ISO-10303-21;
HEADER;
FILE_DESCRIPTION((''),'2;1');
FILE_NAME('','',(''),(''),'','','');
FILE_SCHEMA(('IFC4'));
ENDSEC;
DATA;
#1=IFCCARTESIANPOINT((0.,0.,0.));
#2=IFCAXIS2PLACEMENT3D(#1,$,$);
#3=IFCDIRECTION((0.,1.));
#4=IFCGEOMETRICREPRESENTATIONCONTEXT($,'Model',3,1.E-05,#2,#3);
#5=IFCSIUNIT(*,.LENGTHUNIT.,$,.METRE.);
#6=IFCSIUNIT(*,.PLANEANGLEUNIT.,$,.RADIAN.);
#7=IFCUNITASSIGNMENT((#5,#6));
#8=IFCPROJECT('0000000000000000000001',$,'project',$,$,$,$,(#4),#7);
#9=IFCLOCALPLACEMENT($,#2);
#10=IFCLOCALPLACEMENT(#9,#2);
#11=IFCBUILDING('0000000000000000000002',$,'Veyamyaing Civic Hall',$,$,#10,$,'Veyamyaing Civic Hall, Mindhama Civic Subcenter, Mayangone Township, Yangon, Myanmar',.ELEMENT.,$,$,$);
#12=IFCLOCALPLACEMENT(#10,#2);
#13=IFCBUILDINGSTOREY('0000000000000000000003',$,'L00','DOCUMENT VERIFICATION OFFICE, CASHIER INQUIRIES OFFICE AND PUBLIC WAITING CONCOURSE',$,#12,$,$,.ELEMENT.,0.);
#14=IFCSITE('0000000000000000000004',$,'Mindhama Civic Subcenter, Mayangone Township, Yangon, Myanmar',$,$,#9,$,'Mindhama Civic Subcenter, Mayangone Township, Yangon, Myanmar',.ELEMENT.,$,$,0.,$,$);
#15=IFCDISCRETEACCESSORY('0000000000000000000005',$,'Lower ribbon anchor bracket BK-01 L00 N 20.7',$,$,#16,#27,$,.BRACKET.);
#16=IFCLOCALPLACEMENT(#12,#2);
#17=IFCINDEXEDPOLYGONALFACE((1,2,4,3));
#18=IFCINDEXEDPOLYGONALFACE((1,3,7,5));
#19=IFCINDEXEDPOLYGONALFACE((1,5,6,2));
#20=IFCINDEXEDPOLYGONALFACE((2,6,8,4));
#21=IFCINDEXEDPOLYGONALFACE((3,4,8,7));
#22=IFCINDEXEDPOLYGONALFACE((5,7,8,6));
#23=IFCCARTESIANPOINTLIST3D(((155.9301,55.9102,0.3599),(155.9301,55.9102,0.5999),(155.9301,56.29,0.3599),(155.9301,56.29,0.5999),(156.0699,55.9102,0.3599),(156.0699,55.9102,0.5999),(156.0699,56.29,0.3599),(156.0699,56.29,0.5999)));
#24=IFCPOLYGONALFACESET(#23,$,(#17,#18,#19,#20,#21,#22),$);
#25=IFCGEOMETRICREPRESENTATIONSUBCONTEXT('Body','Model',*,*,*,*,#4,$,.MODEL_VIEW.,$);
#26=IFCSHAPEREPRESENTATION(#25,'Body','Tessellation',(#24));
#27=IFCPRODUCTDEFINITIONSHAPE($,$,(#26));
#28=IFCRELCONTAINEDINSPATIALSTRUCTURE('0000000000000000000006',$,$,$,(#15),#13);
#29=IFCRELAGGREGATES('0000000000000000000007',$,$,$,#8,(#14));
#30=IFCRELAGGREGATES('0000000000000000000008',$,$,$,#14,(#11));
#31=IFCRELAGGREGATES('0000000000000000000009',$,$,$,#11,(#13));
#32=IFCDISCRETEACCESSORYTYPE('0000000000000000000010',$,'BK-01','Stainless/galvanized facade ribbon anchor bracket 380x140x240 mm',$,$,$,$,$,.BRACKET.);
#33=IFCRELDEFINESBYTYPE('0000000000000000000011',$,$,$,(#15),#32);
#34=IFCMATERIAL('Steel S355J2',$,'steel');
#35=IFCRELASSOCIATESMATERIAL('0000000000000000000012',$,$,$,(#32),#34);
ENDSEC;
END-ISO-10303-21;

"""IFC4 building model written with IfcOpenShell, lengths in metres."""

from ifc_helpers import new_model, si_unit, direction, frame, origin, origin_2d, place, context, subcontext, project, spatial, rectangle, extrude, material, type_object, element, save


model = new_model("IFC4")

# Units and contexts
model_context = context("Model", 3, precision=1e-05, world=origin(), true_north=direction((0.0, 1.0)))
body_context = subcontext(model_context, "Body", "Model", "MODEL_VIEW")
ifc_project = project(units=[si_unit("LENGTHUNIT", "METRE"), si_unit("PLANEANGLEUNIT", "RADIAN")], contexts=[model_context])

# Site, building, storey
site_placement = place(None, origin())
site = spatial("IfcSite", under=ifc_project, at=site_placement, Name="Mindhama Civic Subcenter, Mayangone Township, Yangon, Myanmar", LongName="Mindhama Civic Subcenter, Mayangone Township, Yangon, Myanmar", CompositionType="ELEMENT", RefElevation=0.0)
building_placement = place(site_placement, origin())
building = spatial("IfcBuilding", under=site, at=building_placement, Name="Veyamyaing Civic Hall", LongName="Veyamyaing Civic Hall, Mindhama Civic Subcenter, Mayangone Township, Yangon, Myanmar", CompositionType="ELEMENT")
storey_placement = place(building_placement, origin())
storey = spatial("IfcBuildingStorey", under=building, at=storey_placement, Name="L00", Description="DOCUMENT VERIFICATION OFFICE, CASHIER INQUIRIES OFFICE AND PUBLIC WAITING CONCOURSE", CompositionType="ELEMENT", Elevation=0.0)

# Discrete accessory
ifc_material_1 = material(Name="Steel S355J2", Category="steel")
discrete_accessory_type = type_object("IfcDiscreteAccessoryType", Name="BK-01", Description="Stainless/galvanized facade ribbon anchor bracket 380x140x240 mm", PredefinedType="BRACKET", material=ifc_material_1)
for number, where, z_axis, x_axis, name in (
    (1, (156.0, 56.1001, 0.3599), (0.0, 0.0, 1.0), (0.0, 1.0, 0.0), "Lower ribbon anchor bracket BK-01 L00 N 20.7"),
):
    element("IfcDiscreteAccessory", number, at=place(storey_placement, frame(where, z_axis=z_axis, x_axis=x_axis)), inside=storey, type_object=discrete_accessory_type, Name=name, PredefinedType="BRACKET", context=body_context, shape_type="SweptSolid", body=[
        extrude(rectangle(XDim=0.3799, YDim=0.1399, at=origin_2d()), origin(), (0.0, 0.0, 1.0), 0.24),
    ])

save(model, "model.ifc")
